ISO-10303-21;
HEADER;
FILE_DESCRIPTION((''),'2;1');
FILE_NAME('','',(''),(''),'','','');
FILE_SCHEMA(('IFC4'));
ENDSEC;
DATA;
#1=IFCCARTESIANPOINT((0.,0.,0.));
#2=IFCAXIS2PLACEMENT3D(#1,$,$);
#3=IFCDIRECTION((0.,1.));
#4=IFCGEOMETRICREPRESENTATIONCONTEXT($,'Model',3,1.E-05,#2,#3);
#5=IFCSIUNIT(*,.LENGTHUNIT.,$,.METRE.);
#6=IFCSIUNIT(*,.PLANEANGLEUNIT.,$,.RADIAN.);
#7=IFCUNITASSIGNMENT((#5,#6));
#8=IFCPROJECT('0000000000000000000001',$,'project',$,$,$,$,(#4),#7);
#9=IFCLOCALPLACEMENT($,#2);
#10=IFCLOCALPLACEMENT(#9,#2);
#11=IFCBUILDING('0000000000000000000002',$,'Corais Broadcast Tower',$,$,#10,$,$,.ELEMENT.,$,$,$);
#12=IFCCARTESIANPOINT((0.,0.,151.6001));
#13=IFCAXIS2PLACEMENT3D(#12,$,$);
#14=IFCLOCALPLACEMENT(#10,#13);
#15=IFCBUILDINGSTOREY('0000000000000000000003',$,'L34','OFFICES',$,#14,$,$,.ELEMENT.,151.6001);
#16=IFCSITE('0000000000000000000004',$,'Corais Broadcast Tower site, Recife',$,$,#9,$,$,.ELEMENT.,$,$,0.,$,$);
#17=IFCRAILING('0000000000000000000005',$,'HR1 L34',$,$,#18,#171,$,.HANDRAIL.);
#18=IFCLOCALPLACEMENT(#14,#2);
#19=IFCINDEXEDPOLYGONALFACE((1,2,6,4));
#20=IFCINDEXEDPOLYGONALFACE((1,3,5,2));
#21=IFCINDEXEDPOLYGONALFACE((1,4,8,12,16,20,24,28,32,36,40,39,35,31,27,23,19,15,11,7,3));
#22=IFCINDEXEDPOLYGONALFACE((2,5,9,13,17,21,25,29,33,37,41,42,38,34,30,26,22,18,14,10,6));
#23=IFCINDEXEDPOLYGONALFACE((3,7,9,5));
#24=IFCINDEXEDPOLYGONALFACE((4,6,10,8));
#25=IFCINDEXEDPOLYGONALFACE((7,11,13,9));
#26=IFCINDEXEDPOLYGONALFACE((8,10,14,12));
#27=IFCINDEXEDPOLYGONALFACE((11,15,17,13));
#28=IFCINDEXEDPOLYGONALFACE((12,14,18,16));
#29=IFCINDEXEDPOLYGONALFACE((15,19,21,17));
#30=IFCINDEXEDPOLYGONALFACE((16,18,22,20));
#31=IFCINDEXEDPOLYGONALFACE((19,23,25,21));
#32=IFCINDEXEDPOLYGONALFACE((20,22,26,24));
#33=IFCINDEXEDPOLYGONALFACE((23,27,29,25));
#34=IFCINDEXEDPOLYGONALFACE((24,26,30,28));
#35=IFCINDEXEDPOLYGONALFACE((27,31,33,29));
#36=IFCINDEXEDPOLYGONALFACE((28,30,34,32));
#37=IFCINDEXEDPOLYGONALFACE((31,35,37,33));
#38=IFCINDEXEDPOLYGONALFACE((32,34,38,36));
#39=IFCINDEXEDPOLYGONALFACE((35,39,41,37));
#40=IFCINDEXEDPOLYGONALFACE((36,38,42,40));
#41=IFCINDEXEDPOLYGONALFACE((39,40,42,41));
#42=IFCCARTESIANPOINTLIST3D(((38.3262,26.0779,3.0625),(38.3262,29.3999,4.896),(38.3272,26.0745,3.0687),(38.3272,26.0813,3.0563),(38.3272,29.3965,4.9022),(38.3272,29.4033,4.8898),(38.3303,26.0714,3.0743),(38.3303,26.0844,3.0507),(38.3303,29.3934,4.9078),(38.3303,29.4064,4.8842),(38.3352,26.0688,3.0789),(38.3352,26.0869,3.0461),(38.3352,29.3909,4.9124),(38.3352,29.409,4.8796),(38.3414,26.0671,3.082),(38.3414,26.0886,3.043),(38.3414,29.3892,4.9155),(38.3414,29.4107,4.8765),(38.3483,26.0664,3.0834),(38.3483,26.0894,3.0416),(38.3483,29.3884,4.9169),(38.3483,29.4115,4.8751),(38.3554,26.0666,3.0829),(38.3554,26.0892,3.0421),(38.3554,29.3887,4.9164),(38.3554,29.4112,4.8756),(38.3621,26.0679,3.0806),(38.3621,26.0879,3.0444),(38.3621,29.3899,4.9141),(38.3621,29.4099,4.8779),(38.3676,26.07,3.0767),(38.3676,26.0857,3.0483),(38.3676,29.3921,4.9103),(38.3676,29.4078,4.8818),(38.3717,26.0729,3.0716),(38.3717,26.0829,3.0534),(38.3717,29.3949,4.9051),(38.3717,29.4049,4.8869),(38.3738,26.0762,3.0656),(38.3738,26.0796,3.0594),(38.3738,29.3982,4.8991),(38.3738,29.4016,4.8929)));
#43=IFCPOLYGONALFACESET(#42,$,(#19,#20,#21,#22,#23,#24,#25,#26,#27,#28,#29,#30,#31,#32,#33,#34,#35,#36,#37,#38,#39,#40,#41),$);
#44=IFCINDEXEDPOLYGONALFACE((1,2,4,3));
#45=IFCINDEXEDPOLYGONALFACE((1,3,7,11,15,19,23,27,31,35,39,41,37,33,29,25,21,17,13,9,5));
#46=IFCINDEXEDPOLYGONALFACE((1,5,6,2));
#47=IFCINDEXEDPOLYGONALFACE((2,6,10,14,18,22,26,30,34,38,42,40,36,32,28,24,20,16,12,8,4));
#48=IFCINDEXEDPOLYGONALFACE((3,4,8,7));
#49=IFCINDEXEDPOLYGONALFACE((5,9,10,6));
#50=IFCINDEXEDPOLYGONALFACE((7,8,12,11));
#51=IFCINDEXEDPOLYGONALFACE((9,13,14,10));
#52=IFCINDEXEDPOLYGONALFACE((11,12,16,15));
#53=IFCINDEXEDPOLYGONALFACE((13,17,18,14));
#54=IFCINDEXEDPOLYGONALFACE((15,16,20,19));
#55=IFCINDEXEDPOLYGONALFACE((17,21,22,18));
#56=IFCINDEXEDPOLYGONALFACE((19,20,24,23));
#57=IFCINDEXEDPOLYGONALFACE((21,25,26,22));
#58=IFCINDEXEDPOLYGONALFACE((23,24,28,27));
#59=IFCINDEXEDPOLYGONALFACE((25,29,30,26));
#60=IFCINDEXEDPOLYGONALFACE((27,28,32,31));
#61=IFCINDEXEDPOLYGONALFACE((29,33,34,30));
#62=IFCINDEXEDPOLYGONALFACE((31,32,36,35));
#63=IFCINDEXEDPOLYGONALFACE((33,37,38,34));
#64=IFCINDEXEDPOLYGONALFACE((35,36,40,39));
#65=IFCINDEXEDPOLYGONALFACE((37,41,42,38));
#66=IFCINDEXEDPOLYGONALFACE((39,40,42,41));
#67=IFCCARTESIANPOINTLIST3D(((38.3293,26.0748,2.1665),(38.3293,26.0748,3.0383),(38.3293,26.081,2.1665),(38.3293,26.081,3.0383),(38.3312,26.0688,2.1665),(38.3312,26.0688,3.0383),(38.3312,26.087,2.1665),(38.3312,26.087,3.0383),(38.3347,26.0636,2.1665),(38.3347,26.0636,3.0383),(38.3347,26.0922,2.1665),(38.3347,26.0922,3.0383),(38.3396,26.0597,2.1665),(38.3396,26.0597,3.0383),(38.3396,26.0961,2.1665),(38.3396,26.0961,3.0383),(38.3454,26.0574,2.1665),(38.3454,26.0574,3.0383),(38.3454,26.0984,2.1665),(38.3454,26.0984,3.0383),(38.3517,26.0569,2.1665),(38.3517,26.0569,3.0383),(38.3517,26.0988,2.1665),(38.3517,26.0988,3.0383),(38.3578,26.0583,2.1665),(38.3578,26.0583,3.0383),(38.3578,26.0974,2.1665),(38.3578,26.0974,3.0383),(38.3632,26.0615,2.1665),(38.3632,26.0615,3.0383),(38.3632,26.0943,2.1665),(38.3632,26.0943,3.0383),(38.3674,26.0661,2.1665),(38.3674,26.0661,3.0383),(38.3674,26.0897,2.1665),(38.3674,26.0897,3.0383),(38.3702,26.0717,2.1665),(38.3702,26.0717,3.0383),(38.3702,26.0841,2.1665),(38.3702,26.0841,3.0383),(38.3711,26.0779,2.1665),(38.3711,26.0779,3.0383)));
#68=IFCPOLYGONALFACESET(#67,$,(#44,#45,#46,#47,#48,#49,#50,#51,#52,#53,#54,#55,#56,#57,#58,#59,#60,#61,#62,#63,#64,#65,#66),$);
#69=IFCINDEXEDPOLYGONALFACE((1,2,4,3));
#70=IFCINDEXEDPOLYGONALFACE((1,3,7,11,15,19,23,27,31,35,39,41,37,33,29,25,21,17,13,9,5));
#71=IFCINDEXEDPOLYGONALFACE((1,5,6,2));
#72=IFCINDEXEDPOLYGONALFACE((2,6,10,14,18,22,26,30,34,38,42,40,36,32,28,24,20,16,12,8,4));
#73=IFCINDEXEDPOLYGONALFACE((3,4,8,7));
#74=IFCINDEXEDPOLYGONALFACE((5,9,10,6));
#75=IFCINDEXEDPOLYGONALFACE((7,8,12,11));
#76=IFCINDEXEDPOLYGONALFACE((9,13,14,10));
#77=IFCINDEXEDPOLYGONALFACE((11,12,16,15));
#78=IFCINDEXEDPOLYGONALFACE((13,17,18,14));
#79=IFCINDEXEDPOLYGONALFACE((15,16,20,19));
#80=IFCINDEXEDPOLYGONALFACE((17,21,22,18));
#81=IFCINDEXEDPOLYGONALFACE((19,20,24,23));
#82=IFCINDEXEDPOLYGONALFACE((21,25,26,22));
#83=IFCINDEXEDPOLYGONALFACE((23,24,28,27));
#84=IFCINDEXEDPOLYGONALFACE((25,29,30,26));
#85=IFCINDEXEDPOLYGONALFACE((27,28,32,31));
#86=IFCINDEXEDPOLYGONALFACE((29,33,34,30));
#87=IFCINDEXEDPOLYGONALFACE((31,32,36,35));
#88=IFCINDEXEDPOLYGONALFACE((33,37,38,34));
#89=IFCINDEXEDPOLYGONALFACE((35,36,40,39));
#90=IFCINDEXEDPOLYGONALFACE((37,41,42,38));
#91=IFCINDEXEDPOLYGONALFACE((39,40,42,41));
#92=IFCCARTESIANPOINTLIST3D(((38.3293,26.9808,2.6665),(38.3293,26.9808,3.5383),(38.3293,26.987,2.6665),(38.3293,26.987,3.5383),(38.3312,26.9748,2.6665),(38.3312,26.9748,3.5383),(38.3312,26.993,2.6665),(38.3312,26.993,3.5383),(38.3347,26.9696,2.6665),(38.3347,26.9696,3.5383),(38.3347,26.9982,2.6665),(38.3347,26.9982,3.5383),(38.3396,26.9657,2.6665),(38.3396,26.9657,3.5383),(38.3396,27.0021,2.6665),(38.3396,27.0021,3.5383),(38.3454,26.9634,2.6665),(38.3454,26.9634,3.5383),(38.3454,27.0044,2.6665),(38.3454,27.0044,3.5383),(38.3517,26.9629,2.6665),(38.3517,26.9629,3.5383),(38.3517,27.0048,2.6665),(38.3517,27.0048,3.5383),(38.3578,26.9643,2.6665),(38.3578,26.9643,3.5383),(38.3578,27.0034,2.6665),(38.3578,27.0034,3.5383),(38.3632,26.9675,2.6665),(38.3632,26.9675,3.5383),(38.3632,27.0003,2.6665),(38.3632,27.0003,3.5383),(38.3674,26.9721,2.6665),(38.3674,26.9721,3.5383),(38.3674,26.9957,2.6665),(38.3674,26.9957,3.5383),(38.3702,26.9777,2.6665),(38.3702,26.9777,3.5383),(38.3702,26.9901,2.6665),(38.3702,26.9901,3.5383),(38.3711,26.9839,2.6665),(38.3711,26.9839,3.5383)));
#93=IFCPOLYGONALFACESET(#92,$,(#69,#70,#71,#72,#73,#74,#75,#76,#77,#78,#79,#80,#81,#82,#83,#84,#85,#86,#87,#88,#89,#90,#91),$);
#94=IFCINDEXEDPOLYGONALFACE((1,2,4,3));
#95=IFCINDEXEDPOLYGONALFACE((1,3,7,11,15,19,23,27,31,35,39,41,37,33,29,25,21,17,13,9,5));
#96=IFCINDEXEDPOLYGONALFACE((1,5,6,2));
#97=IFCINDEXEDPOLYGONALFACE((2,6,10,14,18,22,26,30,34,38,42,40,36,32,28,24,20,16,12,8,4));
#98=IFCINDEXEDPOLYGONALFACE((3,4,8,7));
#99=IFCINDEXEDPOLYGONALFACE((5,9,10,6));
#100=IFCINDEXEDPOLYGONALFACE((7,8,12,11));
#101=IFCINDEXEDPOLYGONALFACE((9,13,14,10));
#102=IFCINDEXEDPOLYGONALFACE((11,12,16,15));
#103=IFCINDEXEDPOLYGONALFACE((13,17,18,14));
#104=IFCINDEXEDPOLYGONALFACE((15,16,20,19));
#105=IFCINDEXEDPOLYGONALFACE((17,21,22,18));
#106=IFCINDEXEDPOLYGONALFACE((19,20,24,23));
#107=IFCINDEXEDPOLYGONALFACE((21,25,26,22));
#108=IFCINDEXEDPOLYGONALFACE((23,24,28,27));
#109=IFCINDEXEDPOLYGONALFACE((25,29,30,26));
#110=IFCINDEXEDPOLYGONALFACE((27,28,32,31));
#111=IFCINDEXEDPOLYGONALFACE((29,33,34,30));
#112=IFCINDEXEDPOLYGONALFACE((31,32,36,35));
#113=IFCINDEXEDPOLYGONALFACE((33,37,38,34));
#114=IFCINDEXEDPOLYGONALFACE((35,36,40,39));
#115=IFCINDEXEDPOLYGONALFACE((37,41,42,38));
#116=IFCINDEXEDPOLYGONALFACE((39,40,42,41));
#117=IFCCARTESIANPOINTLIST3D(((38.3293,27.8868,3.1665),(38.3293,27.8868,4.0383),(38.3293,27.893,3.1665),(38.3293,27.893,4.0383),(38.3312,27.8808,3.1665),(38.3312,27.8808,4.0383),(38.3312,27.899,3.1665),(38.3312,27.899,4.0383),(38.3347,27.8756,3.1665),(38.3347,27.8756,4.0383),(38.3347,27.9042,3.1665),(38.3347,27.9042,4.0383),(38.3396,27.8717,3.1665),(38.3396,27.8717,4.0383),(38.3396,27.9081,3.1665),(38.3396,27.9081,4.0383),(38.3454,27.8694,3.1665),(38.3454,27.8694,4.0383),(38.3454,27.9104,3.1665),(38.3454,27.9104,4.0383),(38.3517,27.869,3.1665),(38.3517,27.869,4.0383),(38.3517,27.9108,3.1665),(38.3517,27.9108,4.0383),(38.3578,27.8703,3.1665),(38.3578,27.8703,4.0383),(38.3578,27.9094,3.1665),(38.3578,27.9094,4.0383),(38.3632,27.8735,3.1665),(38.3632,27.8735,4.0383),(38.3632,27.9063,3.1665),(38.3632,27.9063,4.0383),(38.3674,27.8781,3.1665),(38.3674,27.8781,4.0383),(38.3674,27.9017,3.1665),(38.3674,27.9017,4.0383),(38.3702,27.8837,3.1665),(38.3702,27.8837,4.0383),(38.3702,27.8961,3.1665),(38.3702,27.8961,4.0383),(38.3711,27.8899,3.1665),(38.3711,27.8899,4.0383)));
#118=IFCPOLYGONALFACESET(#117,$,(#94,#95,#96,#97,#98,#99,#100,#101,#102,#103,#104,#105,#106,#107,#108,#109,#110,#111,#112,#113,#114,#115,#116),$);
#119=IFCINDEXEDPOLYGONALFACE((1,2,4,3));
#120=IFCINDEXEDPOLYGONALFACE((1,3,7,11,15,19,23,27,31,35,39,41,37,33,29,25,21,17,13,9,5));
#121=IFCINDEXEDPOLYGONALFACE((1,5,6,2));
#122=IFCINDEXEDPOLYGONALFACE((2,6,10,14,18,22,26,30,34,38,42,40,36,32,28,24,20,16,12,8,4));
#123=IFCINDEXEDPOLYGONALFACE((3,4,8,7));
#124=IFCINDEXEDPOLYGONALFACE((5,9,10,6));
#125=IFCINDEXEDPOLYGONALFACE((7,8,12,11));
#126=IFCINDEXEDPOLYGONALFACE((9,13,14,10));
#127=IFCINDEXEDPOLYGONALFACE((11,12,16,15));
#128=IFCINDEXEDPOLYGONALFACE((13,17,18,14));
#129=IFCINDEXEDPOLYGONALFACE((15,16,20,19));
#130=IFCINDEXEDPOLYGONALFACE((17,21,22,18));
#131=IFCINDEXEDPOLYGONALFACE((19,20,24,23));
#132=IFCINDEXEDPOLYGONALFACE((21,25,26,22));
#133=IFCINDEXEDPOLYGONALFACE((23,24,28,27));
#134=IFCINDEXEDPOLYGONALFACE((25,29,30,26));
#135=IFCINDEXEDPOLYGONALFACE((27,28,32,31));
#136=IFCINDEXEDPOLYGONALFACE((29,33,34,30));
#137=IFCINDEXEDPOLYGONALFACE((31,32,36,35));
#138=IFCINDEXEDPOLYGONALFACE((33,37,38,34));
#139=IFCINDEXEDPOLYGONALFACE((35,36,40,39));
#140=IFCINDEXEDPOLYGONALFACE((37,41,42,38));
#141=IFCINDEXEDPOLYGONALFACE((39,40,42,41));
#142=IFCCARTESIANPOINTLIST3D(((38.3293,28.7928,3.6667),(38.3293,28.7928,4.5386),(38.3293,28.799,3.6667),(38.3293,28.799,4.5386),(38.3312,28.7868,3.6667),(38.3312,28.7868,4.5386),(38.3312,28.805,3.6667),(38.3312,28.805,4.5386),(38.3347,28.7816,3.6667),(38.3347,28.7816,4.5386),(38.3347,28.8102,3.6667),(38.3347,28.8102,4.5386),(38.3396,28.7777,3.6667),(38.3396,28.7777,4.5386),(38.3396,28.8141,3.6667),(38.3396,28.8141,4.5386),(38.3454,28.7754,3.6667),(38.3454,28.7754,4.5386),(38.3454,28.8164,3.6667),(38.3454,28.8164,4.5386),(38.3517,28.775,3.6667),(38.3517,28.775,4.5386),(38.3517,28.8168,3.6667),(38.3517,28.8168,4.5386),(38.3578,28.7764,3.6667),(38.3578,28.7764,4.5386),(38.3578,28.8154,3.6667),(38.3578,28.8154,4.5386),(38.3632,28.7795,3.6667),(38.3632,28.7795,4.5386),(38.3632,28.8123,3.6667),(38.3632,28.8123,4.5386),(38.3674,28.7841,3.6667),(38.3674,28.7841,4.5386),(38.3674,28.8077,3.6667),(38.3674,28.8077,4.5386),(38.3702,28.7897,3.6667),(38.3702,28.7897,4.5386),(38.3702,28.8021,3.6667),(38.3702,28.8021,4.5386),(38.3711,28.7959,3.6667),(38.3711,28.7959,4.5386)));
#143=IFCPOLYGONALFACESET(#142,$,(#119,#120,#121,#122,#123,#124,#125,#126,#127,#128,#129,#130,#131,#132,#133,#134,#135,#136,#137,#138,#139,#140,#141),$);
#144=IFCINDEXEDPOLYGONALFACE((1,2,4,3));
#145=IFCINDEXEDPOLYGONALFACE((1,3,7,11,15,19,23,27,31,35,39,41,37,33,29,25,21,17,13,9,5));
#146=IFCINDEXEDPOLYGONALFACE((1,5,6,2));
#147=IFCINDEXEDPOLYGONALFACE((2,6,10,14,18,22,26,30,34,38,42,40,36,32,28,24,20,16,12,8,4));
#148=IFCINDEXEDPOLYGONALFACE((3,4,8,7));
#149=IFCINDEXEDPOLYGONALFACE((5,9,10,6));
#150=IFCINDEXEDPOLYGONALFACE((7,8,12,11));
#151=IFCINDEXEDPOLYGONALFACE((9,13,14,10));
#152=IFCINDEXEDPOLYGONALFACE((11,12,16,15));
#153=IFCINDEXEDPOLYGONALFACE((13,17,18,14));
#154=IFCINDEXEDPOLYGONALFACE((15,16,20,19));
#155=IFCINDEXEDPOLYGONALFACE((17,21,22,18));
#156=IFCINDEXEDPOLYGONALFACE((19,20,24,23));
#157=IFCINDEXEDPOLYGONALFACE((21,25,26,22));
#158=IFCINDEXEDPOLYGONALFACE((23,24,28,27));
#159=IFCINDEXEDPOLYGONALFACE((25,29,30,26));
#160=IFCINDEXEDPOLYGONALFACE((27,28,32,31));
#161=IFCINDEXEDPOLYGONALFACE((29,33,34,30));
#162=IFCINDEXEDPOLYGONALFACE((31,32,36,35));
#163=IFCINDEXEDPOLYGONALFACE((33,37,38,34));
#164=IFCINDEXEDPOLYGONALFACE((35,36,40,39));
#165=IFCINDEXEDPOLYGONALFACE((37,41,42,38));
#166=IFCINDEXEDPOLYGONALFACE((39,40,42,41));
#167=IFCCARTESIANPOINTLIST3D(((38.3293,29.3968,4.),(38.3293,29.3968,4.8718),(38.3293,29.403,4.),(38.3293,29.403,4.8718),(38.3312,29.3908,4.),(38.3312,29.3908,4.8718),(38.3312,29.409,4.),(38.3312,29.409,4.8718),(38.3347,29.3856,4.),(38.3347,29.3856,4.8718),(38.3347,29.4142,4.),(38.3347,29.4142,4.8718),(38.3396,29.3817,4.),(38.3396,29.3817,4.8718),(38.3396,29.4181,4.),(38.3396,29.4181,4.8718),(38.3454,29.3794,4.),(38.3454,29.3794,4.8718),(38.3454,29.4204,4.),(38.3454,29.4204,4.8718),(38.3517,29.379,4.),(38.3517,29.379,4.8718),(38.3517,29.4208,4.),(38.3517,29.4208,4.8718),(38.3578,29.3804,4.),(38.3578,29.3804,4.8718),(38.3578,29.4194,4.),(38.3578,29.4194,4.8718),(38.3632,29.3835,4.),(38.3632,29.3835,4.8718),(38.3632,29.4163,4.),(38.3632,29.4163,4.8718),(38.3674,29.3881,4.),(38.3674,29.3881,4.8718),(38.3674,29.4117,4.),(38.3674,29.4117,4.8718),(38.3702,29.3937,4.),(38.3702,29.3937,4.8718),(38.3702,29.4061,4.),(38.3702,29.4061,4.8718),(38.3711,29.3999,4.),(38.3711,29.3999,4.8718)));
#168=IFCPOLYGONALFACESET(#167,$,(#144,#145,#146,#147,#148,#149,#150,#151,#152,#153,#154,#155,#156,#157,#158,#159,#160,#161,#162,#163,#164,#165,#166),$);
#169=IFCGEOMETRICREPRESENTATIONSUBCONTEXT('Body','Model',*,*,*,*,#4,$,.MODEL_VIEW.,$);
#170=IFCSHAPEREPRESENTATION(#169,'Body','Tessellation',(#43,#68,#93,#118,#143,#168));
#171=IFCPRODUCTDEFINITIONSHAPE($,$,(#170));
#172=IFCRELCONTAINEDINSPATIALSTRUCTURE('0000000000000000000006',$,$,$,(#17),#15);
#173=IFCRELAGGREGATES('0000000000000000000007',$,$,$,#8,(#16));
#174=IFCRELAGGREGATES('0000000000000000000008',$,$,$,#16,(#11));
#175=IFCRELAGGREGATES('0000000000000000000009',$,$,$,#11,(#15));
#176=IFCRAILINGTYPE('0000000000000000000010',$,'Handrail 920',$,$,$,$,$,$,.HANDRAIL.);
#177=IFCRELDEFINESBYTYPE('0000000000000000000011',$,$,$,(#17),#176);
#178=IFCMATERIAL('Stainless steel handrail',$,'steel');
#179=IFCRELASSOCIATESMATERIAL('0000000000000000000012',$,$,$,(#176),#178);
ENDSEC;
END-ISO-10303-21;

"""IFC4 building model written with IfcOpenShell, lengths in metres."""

from ifc_helpers import new_model, si_unit, direction, frame, origin, origin_2d, place, context, subcontext, project, spatial, circle, extrude, material, type_object, element, save


model = new_model("IFC4")

# Units and contexts
model_context = context("Model", 3, precision=1e-05, world=origin(), true_north=direction((0.0, 1.0)))
body_context = subcontext(model_context, "Body", "Model", "MODEL_VIEW")
ifc_project = project(units=[si_unit("LENGTHUNIT", "METRE"), si_unit("PLANEANGLEUNIT", "RADIAN")], contexts=[model_context])

# Site, building, storey
site_placement = place(None, origin())
site = spatial("IfcSite", under=ifc_project, at=site_placement, Name="Corais Broadcast Tower site, Recife", CompositionType="ELEMENT", RefElevation=0.0)
building_placement = place(site_placement, origin())
building = spatial("IfcBuilding", under=site, at=building_placement, Name="Corais Broadcast Tower", CompositionType="ELEMENT")
storey_placement = place(building_placement, frame((0.0, 0.0, 151.6001)))
storey = spatial("IfcBuildingStorey", under=building, at=storey_placement, Name="L34", Description="OFFICES", CompositionType="ELEMENT", Elevation=151.6001)

# Railing
ifc_material_1 = material(Name="Stainless steel handrail", Category="steel")
railing_type = type_object("IfcRailingType", Name="Handrail 920", PredefinedType="HANDRAIL", material=ifc_material_1)
for number, where, name in (
    (1, (38.3501, 26.0779, 2.1665), "HR1 L34"),
):
    element("IfcRailing", number, at=place(storey_placement, frame(where)), inside=storey, type_object=railing_type, Name=name, PredefinedType="HANDRAIL", context=body_context, shape_type="SweptSolid", body=[
        extrude(circle(Radius=0.0239, at=origin_2d()), frame((0.0, 0.0, 0.896), z_axis=(0.0, 0.875504, 0.48321), x_axis=(-1.0, 0.0, 0.0)), (0.0, 0.0, 1.0), 3.7944),
        extrude(circle(Radius=0.021, at=origin_2d()), origin(), (0.0, 0.0, 1.0), 0.8718),
        extrude(circle(Radius=0.021, at=origin_2d()), frame((0.0, 0.906, 0.5)), (0.0, 0.0, 1.0), 0.8718),
        extrude(circle(Radius=0.021, at=origin_2d()), frame((0.0, 1.812, 1.0)), (0.0, 0.0, 1.0), 0.8718),
        extrude(circle(Radius=0.021, at=origin_2d()), frame((0.0, 2.718, 1.5002)), (0.0, 0.0, 1.0), 0.8718),
        extrude(circle(Radius=0.021, at=origin_2d()), frame((0.0, 3.322, 1.8335)), (0.0, 0.0, 1.0), 0.8718),
    ])

save(model, "model.ifc")
